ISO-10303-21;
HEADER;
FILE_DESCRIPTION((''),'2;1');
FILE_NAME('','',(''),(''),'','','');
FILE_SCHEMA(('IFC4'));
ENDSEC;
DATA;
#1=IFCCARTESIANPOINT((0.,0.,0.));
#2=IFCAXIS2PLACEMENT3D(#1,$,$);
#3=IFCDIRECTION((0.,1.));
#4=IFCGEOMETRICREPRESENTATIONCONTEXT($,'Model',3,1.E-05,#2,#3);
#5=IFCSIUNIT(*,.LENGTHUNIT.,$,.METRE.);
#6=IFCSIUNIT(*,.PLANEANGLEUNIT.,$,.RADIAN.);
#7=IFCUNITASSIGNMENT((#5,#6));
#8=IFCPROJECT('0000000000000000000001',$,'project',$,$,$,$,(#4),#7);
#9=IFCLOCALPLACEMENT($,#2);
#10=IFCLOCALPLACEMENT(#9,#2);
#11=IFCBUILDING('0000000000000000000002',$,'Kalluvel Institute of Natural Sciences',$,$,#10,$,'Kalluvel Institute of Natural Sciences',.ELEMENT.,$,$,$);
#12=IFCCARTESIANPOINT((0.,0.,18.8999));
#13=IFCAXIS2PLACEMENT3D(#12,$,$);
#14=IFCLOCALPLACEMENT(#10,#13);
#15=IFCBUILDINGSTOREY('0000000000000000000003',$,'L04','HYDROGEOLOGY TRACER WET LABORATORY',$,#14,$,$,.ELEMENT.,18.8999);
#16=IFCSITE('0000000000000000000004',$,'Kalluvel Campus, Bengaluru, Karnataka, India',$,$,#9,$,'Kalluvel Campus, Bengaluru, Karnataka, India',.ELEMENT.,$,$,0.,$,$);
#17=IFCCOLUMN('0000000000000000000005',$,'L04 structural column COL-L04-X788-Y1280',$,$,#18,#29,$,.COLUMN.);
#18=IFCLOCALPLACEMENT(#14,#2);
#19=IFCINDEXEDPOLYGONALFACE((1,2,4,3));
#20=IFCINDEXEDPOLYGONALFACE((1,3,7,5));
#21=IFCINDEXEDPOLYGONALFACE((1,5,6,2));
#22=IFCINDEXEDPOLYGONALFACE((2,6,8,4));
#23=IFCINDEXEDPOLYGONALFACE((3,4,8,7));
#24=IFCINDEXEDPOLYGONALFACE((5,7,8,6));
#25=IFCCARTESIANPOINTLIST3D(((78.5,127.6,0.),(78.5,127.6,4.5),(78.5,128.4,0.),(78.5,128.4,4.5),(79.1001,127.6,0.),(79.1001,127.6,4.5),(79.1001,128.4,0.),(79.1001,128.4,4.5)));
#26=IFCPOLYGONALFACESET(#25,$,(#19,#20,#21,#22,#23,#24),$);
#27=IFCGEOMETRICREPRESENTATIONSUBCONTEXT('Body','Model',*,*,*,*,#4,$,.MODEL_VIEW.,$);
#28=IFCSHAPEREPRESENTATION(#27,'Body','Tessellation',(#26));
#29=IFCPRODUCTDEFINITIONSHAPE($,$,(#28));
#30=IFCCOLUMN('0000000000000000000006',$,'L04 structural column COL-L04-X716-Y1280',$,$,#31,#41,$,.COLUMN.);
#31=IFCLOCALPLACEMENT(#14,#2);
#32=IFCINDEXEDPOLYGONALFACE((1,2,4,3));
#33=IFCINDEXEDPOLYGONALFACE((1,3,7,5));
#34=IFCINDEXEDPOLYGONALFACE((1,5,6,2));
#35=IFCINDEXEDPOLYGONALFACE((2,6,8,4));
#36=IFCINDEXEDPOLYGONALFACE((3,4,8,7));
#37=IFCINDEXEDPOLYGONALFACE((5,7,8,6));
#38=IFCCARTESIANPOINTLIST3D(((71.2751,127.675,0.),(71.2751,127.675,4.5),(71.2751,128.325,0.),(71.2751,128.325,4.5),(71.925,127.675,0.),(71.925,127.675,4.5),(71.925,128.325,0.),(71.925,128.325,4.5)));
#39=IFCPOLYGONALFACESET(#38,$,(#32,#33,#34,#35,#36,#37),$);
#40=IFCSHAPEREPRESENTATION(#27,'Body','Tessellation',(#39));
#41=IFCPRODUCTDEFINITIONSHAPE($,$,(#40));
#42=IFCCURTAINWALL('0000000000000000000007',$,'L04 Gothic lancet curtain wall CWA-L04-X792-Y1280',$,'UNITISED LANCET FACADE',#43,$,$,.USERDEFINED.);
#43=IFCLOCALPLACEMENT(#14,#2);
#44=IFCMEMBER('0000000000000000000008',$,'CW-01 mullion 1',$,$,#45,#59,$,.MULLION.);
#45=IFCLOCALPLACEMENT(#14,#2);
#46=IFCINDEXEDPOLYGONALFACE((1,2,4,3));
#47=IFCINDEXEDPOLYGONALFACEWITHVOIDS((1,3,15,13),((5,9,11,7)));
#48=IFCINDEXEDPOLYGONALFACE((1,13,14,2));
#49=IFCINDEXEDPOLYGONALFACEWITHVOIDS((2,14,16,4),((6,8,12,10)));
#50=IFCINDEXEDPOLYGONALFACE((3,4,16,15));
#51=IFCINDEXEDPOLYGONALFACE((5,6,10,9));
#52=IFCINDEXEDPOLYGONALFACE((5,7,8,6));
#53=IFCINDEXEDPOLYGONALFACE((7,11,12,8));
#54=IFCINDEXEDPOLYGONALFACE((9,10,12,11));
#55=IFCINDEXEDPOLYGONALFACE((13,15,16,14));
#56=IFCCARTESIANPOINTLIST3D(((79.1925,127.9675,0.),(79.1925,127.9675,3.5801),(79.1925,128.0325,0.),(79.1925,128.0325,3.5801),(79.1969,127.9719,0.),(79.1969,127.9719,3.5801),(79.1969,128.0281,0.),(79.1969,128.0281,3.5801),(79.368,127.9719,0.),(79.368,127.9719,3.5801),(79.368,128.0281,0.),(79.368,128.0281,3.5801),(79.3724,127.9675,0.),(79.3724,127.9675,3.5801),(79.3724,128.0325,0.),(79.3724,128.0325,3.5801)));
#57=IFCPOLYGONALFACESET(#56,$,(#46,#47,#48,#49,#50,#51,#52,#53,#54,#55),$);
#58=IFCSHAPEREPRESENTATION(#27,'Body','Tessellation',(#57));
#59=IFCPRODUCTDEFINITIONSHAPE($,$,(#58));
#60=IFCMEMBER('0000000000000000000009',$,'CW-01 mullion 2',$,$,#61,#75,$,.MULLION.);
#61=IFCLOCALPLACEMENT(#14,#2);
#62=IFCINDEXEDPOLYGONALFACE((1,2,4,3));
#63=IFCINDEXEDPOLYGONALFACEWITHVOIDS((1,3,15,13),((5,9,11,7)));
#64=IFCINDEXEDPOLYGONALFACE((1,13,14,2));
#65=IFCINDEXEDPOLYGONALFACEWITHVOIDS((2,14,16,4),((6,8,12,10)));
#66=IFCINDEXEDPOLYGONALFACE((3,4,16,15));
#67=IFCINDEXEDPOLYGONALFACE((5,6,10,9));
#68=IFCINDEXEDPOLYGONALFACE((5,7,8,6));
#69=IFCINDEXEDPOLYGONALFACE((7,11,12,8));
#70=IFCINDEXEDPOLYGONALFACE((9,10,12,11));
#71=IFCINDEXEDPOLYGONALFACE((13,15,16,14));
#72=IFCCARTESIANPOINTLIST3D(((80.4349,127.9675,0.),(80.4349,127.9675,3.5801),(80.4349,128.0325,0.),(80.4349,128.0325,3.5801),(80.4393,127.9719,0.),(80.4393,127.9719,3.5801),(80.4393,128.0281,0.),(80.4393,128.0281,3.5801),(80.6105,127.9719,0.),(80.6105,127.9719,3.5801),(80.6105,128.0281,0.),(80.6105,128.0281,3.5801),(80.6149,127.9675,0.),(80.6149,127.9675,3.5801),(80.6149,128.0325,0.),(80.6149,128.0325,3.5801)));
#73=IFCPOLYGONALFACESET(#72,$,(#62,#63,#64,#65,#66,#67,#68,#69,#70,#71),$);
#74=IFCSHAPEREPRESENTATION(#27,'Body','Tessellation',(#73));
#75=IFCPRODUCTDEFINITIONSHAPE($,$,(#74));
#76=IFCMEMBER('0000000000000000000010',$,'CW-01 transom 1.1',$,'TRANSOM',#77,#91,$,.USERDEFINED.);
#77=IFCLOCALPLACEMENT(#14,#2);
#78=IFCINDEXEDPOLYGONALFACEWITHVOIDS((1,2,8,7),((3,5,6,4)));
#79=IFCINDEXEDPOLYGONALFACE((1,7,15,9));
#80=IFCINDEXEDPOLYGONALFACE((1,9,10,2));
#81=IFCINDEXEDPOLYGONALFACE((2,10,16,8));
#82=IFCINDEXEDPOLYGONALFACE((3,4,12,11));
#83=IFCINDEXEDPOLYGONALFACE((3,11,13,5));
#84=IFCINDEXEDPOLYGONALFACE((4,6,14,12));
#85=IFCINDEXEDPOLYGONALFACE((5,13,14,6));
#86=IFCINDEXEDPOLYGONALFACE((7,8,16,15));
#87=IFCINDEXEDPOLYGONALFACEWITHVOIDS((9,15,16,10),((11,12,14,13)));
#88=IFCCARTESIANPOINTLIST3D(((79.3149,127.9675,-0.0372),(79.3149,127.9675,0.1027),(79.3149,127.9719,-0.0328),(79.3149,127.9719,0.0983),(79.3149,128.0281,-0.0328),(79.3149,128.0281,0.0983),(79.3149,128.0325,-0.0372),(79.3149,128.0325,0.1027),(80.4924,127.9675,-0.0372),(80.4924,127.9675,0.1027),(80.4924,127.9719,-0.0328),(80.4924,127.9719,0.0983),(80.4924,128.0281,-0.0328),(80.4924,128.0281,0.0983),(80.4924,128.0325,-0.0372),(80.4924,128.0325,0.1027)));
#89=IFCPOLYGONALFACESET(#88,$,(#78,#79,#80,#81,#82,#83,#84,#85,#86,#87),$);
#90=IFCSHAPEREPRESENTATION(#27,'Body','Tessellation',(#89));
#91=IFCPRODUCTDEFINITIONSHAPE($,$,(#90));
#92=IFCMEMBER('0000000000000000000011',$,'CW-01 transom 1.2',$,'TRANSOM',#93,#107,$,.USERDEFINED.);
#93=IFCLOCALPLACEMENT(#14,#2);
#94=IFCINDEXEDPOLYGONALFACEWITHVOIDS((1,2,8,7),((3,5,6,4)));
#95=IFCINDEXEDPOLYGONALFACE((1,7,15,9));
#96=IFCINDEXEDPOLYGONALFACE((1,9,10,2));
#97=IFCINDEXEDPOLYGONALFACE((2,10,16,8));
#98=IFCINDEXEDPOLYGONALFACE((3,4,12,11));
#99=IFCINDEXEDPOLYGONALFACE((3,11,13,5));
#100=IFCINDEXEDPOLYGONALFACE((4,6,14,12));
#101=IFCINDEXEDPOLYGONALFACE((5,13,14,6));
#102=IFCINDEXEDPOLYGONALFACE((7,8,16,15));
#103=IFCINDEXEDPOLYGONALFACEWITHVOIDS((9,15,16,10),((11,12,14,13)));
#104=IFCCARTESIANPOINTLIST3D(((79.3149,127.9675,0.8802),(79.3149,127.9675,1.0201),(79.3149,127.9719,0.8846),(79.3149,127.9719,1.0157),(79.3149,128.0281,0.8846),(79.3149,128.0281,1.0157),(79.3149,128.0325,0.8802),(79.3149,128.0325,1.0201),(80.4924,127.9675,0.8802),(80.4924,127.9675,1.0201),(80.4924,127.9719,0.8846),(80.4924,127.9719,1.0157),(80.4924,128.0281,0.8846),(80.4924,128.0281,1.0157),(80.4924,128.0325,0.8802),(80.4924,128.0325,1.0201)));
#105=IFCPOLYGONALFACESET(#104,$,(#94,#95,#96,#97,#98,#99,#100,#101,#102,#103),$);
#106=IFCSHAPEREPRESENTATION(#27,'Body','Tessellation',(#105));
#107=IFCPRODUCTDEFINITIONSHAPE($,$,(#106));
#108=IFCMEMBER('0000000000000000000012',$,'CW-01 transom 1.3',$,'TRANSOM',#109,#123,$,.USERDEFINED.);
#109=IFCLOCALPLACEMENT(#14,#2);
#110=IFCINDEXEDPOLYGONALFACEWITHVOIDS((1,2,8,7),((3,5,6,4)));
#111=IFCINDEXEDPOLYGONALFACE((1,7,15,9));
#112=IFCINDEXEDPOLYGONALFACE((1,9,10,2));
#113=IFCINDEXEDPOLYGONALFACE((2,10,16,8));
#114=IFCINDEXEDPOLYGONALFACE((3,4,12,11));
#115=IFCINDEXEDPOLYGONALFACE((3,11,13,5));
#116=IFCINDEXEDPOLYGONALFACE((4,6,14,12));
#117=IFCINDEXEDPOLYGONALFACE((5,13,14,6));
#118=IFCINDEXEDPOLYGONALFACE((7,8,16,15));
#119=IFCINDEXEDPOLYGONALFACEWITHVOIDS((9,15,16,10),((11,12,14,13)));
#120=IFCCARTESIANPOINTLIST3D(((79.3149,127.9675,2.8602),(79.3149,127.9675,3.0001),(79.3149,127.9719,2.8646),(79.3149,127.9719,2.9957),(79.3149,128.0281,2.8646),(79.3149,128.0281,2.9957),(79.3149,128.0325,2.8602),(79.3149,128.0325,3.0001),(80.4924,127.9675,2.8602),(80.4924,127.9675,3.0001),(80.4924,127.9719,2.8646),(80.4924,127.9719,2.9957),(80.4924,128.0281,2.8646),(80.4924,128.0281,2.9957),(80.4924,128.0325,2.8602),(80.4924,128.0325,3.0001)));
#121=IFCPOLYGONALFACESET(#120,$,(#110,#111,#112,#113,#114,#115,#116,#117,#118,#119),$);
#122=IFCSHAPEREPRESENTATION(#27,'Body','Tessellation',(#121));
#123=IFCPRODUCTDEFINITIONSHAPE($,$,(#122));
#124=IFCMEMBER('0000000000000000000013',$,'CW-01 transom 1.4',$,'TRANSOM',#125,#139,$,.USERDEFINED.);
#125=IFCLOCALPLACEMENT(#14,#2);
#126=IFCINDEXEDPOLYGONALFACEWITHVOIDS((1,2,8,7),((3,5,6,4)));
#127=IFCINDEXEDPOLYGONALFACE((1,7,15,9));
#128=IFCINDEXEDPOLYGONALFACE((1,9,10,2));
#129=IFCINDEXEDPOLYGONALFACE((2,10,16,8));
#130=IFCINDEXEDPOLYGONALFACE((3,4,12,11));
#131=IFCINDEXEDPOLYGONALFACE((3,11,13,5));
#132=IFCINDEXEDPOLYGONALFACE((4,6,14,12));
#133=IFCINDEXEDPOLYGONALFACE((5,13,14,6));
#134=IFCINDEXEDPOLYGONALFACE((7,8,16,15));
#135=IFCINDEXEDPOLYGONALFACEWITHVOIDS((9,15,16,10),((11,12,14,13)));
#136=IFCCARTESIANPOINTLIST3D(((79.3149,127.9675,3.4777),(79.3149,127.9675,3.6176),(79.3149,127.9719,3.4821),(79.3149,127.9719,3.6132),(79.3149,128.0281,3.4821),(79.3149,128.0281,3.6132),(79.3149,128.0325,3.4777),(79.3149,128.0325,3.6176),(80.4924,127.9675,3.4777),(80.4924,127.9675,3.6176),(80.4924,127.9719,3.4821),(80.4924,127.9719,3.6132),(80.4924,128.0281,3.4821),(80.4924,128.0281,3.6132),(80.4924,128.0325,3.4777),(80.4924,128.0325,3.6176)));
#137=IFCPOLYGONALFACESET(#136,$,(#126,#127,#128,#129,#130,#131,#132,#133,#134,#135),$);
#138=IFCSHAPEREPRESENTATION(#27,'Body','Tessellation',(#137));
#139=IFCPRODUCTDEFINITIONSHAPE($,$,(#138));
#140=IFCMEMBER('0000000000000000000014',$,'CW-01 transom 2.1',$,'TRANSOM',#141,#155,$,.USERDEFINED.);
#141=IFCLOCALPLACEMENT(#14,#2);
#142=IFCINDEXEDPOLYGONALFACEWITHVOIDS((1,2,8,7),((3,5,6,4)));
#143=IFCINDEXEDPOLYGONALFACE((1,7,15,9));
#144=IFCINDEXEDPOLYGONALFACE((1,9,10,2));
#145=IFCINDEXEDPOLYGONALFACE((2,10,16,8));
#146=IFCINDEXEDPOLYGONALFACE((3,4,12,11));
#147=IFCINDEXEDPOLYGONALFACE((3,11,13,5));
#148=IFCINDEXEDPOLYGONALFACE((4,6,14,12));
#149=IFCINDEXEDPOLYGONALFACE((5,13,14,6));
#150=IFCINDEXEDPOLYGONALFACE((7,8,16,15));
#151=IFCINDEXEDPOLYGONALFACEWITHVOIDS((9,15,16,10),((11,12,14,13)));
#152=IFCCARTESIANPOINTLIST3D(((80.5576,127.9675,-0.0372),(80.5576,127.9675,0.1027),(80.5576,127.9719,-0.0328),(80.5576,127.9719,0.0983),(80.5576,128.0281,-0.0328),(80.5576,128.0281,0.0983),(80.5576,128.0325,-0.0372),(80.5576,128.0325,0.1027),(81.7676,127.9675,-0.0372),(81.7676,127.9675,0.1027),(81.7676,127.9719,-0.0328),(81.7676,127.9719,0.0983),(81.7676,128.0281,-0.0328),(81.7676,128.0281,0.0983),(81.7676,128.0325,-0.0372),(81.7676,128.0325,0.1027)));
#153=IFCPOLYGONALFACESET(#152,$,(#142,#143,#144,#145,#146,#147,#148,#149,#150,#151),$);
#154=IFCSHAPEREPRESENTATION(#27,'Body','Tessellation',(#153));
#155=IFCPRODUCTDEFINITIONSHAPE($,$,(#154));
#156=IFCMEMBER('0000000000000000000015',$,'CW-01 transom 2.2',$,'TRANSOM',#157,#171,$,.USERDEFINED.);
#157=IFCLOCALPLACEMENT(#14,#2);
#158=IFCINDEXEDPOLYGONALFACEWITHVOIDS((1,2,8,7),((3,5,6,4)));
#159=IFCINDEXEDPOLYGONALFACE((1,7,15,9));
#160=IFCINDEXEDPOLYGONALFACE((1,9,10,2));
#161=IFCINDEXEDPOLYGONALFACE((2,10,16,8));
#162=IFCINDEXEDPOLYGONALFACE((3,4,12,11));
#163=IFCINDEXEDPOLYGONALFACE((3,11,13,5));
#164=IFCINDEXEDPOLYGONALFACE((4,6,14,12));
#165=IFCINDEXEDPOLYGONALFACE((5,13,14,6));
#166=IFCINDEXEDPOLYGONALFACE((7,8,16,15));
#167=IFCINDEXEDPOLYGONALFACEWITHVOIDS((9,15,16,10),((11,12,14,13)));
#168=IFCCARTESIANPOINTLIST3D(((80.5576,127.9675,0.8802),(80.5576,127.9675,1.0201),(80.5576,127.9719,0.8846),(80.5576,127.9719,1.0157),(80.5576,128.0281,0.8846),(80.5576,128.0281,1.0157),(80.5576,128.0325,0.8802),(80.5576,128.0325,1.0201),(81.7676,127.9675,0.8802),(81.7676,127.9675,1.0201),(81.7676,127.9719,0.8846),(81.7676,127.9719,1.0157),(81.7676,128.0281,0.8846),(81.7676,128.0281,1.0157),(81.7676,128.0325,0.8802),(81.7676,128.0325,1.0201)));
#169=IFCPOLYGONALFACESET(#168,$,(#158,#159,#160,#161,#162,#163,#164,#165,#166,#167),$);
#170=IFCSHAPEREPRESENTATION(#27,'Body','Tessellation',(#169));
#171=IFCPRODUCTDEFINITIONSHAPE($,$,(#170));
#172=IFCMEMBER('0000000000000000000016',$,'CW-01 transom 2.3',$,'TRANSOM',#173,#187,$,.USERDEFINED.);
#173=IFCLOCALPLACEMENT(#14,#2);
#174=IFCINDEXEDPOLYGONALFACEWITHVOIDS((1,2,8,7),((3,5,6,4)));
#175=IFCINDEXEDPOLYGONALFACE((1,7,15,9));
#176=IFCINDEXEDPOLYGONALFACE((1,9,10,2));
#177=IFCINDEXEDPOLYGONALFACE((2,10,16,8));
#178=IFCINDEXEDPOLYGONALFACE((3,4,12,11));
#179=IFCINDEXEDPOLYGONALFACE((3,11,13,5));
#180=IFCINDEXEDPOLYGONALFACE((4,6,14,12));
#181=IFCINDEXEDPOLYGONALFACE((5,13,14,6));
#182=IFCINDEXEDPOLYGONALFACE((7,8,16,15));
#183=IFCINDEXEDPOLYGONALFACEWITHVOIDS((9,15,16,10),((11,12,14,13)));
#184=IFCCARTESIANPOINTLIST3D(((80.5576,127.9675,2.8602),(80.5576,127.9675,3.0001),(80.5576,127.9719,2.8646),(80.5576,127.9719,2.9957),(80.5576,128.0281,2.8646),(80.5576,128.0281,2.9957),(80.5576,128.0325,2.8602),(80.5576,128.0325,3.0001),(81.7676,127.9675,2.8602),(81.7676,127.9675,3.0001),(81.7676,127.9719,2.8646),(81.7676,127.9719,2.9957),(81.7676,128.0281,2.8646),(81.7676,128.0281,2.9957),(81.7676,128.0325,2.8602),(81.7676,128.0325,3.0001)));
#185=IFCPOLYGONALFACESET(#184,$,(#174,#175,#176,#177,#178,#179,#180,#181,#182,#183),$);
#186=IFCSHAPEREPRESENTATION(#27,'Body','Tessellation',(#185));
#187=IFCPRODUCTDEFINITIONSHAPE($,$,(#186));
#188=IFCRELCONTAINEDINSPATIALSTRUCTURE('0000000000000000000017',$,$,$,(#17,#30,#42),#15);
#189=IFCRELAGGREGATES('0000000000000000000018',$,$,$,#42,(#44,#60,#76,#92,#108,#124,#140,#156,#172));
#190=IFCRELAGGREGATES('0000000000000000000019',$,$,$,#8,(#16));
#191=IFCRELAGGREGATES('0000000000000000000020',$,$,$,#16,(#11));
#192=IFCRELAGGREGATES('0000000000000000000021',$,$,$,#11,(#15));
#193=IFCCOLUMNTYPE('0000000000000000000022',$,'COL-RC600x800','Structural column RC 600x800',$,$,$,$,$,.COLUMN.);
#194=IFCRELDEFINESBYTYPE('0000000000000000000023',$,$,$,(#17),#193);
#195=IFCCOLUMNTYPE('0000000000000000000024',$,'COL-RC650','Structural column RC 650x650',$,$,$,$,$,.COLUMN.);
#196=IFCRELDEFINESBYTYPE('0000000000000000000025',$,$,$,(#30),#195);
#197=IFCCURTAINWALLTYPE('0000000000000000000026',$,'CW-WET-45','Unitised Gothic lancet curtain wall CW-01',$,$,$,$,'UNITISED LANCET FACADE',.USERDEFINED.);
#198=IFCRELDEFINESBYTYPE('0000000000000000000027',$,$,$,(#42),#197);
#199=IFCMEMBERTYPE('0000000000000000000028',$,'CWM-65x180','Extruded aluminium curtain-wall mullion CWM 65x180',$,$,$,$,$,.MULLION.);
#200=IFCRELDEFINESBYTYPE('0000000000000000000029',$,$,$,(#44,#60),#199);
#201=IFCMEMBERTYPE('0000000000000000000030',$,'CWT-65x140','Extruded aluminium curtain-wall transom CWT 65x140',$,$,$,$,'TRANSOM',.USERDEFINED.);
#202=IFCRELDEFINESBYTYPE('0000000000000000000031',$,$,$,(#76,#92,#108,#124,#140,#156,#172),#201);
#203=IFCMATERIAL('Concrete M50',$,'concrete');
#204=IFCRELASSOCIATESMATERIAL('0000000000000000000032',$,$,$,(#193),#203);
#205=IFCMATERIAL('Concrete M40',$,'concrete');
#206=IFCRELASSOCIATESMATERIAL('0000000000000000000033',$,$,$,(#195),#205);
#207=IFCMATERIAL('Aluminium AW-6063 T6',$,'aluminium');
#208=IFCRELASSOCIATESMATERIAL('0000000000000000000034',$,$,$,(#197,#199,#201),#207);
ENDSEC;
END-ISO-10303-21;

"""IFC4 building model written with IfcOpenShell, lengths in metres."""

from ifc_helpers import new_model, si_unit, direction, frame, origin, origin_2d, place, context, subcontext, project, spatial, rectangle, hollow_rectangle, extrude, material, material_profile, profile_set, type_object, element, aggregate, save


model = new_model("IFC4")

# Units and contexts
model_context = context("Model", 3, precision=1e-05, world=origin(), true_north=direction((0.0, 1.0)))
body_context = subcontext(model_context, "Body", "Model", "MODEL_VIEW")
ifc_project = project(units=[si_unit("LENGTHUNIT", "METRE"), si_unit("PLANEANGLEUNIT", "RADIAN")], contexts=[model_context])

# Site, building, storey
site_placement = place(None, origin())
site = spatial("IfcSite", under=ifc_project, at=site_placement, Name="Kalluvel Campus, Bengaluru, Karnataka, India", LongName="Kalluvel Campus, Bengaluru, Karnataka, India", CompositionType="ELEMENT", RefElevation=0.0)
building_placement = place(site_placement, origin())
building = spatial("IfcBuilding", under=site, at=building_placement, Name="Kalluvel Institute of Natural Sciences", LongName="Kalluvel Institute of Natural Sciences", CompositionType="ELEMENT")
storey_placement = place(building_placement, frame((0.0, 0.0, 18.8999)))
storey = spatial("IfcBuildingStorey", under=building, at=storey_placement, Name="L04", Description="HYDROGEOLOGY TRACER WET LABORATORY", CompositionType="ELEMENT", Elevation=18.8999)

# Columns
ifc_material_1 = material(Name="Concrete M50", Category="concrete")
ifc_material_profile_1 = material_profile(ifc_material_1, rectangle(XDim=0.6001, YDim=0.8, at=origin_2d()), Name="RC 600x800")
ifc_profile_set_1 = profile_set([ifc_material_profile_1], Name="Concrete M50")
column_type_1 = type_object("IfcColumnType", Name="COL-RC600x800", Description="Structural column RC 600x800", PredefinedType="COLUMN", material=ifc_profile_set_1)
column_1_placement = place(storey_placement, frame((78.8, 128.0, 0.0), z_axis=(0.0, 0.0, 1.0), x_axis=(1.0, 0.0, 0.0)))
element("IfcColumn", 1, at=column_1_placement, inside=storey, type_object=column_type_1, Name="L04 structural column COL-L04-X788-Y1280", PredefinedType="COLUMN", context=body_context, shape_type="SweptSolid", body=[
    extrude(rectangle(XDim=0.6001, YDim=0.8, at=origin_2d()), origin(), (0.0, 0.0, 1.0), 4.5),
])
ifc_material_2 = material(Name="Concrete M40", Category="concrete")
ifc_material_profile_2 = material_profile(ifc_material_2, rectangle(XDim=0.6499, YDim=0.6499, at=origin_2d()), Name="RC 650x650")
ifc_profile_set_2 = profile_set([ifc_material_profile_2], Name="Concrete M40")
column_type_2 = type_object("IfcColumnType", Name="COL-RC650", Description="Structural column RC 650x650", PredefinedType="COLUMN", material=ifc_profile_set_2)
column_2_placement = place(storey_placement, frame((71.6001, 128.0, 0.0), z_axis=(0.0, 0.0, 1.0), x_axis=(1.0, 0.0, 0.0)))
element("IfcColumn", 2, at=column_2_placement, inside=storey, type_object=column_type_2, Name="L04 structural column COL-L04-X716-Y1280", PredefinedType="COLUMN", context=body_context, shape_type="SweptSolid", body=[
    extrude(rectangle(XDim=0.6499, YDim=0.6499, at=origin_2d()), origin(), (0.0, 0.0, 1.0), 4.5),
])

# Curtain wall, members
ifc_material_3 = material(Name="Aluminium AW-6063 T6", Category="aluminium")
curtain_wall_type = type_object("IfcCurtainWallType", Name="CW-WET-45", Description="Unitised Gothic lancet curtain wall CW-01", ElementType="UNITISED LANCET FACADE", PredefinedType="USERDEFINED", material=ifc_material_3)
curtain_wall_placement = place(storey_placement, origin())
curtain_wall = element("IfcCurtainWall", 3, at=curtain_wall_placement, inside=storey, type_object=curtain_wall_type, Name="L04 Gothic lancet curtain wall CWA-L04-X792-Y1280", ObjectType="UNITISED LANCET FACADE", PredefinedType="USERDEFINED")
ifc_material_profile_3 = material_profile(ifc_material_3, hollow_rectangle(XDim=0.0649, YDim=0.1799, WallThickness=0.0044, at=origin_2d()), Name="CWM 65x180")
ifc_profile_set_3 = profile_set([ifc_material_profile_3], Name="Aluminium AW-6063 T6")
member_type_1 = type_object("IfcMemberType", Name="CWM-65x180", Description="Extruded aluminium curtain-wall mullion CWM 65x180", PredefinedType="MULLION", material=ifc_profile_set_3)
member_1_placement = place(storey_placement, frame((79.2825, 128.0, 0.0), z_axis=(0.0, 0.0, 1.0), x_axis=(0.0, 1.0, 0.0)))
member_1 = element("IfcMember", 4, at=member_1_placement, type_object=member_type_1, Name="CW-01 mullion 1", PredefinedType="MULLION", context=body_context, shape_type="SweptSolid", body=[
    extrude(hollow_rectangle(XDim=0.0649, YDim=0.1799, WallThickness=0.0044, at=origin_2d()), origin(), (0.0, 0.0, 1.0), 3.5801),
])
member_2_placement = place(storey_placement, frame((80.5249, 128.0, 0.0), z_axis=(0.0, 0.0, 1.0), x_axis=(0.0, 1.0, 0.0)))
member_2 = element("IfcMember", 5, at=member_2_placement, type_object=member_type_1, Name="CW-01 mullion 2", PredefinedType="MULLION", context=body_context, shape_type="SweptSolid", body=[
    extrude(hollow_rectangle(XDim=0.0649, YDim=0.1799, WallThickness=0.0044, at=origin_2d()), origin(), (0.0, 0.0, 1.0), 3.5801),
])
ifc_material_profile_4 = material_profile(ifc_material_3, hollow_rectangle(XDim=0.0649, YDim=0.1399, WallThickness=0.0044, at=origin_2d()), Name="CWT 65x140")
ifc_profile_set_4 = profile_set([ifc_material_profile_4], Name="Aluminium AW-6063 T6")
member_type_2 = type_object("IfcMemberType", Name="CWT-65x140", Description="Extruded aluminium curtain-wall transom CWT 65x140", ElementType="TRANSOM", PredefinedType="USERDEFINED", material=ifc_profile_set_4)
member_3_placement = place(storey_placement, frame((79.3149, 128.0, 0.0327), z_axis=(1.0, 0.0, 0.0), x_axis=(0.0, 1.0, 0.0)))
member_3 = element("IfcMember", 6, at=member_3_placement, type_object=member_type_2, Name="CW-01 transom 1.1", ObjectType="TRANSOM", PredefinedType="USERDEFINED", context=body_context, shape_type="SweptSolid", body=[
    extrude(hollow_rectangle(XDim=0.0649, YDim=0.1399, WallThickness=0.0044, at=origin_2d()), origin(), (0.0, 0.0, 1.0), 1.1775),
])
member_4_placement = place(storey_placement, frame((79.3149, 128.0, 0.9502), z_axis=(1.0, 0.0, 0.0), x_axis=(0.0, 1.0, 0.0)))
member_4 = element("IfcMember", 7, at=member_4_placement, type_object=member_type_2, Name="CW-01 transom 1.2", ObjectType="TRANSOM", PredefinedType="USERDEFINED", context=body_context, shape_type="SweptSolid", body=[
    extrude(hollow_rectangle(XDim=0.0649, YDim=0.1399, WallThickness=0.0044, at=origin_2d()), origin(), (0.0, 0.0, 1.0), 1.1775),
])
member_5_placement = place(storey_placement, frame((79.3149, 128.0, 2.9302), z_axis=(1.0, 0.0, 0.0), x_axis=(0.0, 1.0, 0.0)))
member_5 = element("IfcMember", 8, at=member_5_placement, type_object=member_type_2, Name="CW-01 transom 1.3", ObjectType="TRANSOM", PredefinedType="USERDEFINED", context=body_context, shape_type="SweptSolid", body=[
    extrude(hollow_rectangle(XDim=0.0649, YDim=0.1399, WallThickness=0.0044, at=origin_2d()), origin(), (0.0, 0.0, 1.0), 1.1775),
])
member_6_placement = place(storey_placement, frame((79.3149, 128.0, 3.5476), z_axis=(1.0, 0.0, 0.0), x_axis=(0.0, 1.0, 0.0)))
member_6 = element("IfcMember", 9, at=member_6_placement, type_object=member_type_2, Name="CW-01 transom 1.4", ObjectType="TRANSOM", PredefinedType="USERDEFINED", context=body_context, shape_type="SweptSolid", body=[
    extrude(hollow_rectangle(XDim=0.0649, YDim=0.1399, WallThickness=0.0044, at=origin_2d()), origin(), (0.0, 0.0, 1.0), 1.1775),
])
member_7_placement = place(storey_placement, frame((80.5576, 128.0, 0.0327), z_axis=(1.0, 0.0, 0.0), x_axis=(0.0, 1.0, 0.0)))
member_7 = element("IfcMember", 10, at=member_7_placement, type_object=member_type_2, Name="CW-01 transom 2.1", ObjectType="TRANSOM", PredefinedType="USERDEFINED", context=body_context, shape_type="SweptSolid", body=[
    extrude(hollow_rectangle(XDim=0.0649, YDim=0.1399, WallThickness=0.0044, at=origin_2d()), origin(), (0.0, 0.0, 1.0), 1.21),
])
member_8_placement = place(storey_placement, frame((80.5576, 128.0, 0.9502), z_axis=(1.0, 0.0, 0.0), x_axis=(0.0, 1.0, 0.0)))
member_8 = element("IfcMember", 11, at=member_8_placement, type_object=member_type_2, Name="CW-01 transom 2.2", ObjectType="TRANSOM", PredefinedType="USERDEFINED", context=body_context, shape_type="SweptSolid", body=[
    extrude(hollow_rectangle(XDim=0.0649, YDim=0.1399, WallThickness=0.0044, at=origin_2d()), origin(), (0.0, 0.0, 1.0), 1.21),
])
member_9_placement = place(storey_placement, frame((80.5576, 128.0, 2.9302), z_axis=(1.0, 0.0, 0.0), x_axis=(0.0, 1.0, 0.0)))
member_9 = element("IfcMember", 12, at=member_9_placement, type_object=member_type_2, Name="CW-01 transom 2.3", ObjectType="TRANSOM", PredefinedType="USERDEFINED", context=body_context, shape_type="SweptSolid", body=[
    extrude(hollow_rectangle(XDim=0.0649, YDim=0.1399, WallThickness=0.0044, at=origin_2d()), origin(), (0.0, 0.0, 1.0), 1.21),
])

aggregate(curtain_wall, [member_1, member_2, member_3, member_4, member_5, member_6, member_7, member_8, member_9])

save(model, "model.ifc")
